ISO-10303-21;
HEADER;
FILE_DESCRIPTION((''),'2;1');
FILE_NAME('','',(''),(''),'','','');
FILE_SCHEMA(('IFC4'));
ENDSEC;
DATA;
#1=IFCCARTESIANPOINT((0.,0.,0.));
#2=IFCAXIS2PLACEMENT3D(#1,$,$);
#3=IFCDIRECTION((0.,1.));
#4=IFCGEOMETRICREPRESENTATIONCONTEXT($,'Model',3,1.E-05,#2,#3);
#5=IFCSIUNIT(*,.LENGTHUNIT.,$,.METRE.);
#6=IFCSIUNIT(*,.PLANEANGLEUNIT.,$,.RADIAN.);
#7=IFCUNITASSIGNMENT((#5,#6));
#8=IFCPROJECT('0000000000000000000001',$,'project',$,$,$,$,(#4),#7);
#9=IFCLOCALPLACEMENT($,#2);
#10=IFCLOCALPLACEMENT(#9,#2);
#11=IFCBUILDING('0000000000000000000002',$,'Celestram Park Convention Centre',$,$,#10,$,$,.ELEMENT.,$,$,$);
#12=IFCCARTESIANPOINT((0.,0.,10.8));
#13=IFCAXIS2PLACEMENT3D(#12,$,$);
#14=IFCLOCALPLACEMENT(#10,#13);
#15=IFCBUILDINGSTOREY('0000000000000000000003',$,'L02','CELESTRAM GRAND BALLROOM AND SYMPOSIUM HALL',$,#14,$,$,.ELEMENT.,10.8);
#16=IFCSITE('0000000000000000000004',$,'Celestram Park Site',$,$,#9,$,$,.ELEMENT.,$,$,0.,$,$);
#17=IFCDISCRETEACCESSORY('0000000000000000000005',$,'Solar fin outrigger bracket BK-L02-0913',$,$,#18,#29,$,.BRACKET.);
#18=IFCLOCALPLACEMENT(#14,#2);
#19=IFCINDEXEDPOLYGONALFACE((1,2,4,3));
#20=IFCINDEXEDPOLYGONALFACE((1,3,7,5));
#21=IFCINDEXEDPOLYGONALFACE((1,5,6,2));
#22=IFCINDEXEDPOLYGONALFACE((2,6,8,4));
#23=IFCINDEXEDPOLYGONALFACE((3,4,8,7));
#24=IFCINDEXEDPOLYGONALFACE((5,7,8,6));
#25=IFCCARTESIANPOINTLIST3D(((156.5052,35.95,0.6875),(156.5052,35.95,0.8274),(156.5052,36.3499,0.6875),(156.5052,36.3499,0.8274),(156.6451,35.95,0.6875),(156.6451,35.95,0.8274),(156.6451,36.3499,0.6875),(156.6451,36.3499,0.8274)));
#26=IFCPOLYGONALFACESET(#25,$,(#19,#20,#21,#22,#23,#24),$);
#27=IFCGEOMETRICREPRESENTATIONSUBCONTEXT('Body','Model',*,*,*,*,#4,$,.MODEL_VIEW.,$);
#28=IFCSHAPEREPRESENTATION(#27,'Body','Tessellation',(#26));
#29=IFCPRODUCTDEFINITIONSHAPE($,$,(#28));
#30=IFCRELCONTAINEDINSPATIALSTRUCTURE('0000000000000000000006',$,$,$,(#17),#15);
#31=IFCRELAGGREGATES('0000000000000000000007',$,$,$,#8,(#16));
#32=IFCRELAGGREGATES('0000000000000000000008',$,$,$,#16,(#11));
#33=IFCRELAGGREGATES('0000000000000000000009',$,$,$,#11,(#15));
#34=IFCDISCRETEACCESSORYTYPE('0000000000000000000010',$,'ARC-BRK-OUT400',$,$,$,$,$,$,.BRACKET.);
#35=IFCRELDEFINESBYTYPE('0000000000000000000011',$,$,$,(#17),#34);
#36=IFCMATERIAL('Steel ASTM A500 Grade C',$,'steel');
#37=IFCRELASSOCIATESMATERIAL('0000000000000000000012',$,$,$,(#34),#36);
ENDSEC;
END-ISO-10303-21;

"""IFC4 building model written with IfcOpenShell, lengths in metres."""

from ifc_helpers import new_model, si_unit, direction, frame, origin, origin_2d, place, context, subcontext, project, spatial, rectangle, extrude, material, type_object, element, save


model = new_model("IFC4")

# Units and contexts
model_context = context("Model", 3, precision=1e-05, world=origin(), true_north=direction((0.0, 1.0)))
body_context = subcontext(model_context, "Body", "Model", "MODEL_VIEW")
ifc_project = project(units=[si_unit("LENGTHUNIT", "METRE"), si_unit("PLANEANGLEUNIT", "RADIAN")], contexts=[model_context])

# Site, building, storey
site_placement = place(None, origin())
site = spatial("IfcSite", under=ifc_project, at=site_placement, Name="Celestram Park Site", CompositionType="ELEMENT", RefElevation=0.0)
building_placement = place(site_placement, origin())
building = spatial("IfcBuilding", under=site, at=building_placement, Name="Celestram Park Convention Centre", CompositionType="ELEMENT")
storey_placement = place(building_placement, frame((0.0, 0.0, 10.8)))
storey = spatial("IfcBuildingStorey", under=building, at=storey_placement, Name="L02", Description="CELESTRAM GRAND BALLROOM AND SYMPOSIUM HALL", CompositionType="ELEMENT", Elevation=10.8)

# Discrete accessory
ifc_material_1 = material(Name="Steel ASTM A500 Grade C", Category="steel")
discrete_accessory_type = type_object("IfcDiscreteAccessoryType", Name="ARC-BRK-OUT400", PredefinedType="BRACKET", material=ifc_material_1)
for number, where, z_axis, x_axis, name in (
    (1, (156.5752, 36.1499, 0.6875), (0.0, 0.0, 1.0), (0.0, 1.0, 0.0), "Solar fin outrigger bracket BK-L02-0913"),
):
    element("IfcDiscreteAccessory", number, at=place(storey_placement, frame(where, z_axis=z_axis, x_axis=x_axis)), inside=storey, type_object=discrete_accessory_type, Name=name, PredefinedType="BRACKET", context=body_context, shape_type="SweptSolid", body=[
        extrude(rectangle(XDim=0.3999, YDim=0.1399, at=origin_2d()), origin(), (0.0, 0.0, 1.0), 0.1399),
    ])

save(model, "model.ifc")
